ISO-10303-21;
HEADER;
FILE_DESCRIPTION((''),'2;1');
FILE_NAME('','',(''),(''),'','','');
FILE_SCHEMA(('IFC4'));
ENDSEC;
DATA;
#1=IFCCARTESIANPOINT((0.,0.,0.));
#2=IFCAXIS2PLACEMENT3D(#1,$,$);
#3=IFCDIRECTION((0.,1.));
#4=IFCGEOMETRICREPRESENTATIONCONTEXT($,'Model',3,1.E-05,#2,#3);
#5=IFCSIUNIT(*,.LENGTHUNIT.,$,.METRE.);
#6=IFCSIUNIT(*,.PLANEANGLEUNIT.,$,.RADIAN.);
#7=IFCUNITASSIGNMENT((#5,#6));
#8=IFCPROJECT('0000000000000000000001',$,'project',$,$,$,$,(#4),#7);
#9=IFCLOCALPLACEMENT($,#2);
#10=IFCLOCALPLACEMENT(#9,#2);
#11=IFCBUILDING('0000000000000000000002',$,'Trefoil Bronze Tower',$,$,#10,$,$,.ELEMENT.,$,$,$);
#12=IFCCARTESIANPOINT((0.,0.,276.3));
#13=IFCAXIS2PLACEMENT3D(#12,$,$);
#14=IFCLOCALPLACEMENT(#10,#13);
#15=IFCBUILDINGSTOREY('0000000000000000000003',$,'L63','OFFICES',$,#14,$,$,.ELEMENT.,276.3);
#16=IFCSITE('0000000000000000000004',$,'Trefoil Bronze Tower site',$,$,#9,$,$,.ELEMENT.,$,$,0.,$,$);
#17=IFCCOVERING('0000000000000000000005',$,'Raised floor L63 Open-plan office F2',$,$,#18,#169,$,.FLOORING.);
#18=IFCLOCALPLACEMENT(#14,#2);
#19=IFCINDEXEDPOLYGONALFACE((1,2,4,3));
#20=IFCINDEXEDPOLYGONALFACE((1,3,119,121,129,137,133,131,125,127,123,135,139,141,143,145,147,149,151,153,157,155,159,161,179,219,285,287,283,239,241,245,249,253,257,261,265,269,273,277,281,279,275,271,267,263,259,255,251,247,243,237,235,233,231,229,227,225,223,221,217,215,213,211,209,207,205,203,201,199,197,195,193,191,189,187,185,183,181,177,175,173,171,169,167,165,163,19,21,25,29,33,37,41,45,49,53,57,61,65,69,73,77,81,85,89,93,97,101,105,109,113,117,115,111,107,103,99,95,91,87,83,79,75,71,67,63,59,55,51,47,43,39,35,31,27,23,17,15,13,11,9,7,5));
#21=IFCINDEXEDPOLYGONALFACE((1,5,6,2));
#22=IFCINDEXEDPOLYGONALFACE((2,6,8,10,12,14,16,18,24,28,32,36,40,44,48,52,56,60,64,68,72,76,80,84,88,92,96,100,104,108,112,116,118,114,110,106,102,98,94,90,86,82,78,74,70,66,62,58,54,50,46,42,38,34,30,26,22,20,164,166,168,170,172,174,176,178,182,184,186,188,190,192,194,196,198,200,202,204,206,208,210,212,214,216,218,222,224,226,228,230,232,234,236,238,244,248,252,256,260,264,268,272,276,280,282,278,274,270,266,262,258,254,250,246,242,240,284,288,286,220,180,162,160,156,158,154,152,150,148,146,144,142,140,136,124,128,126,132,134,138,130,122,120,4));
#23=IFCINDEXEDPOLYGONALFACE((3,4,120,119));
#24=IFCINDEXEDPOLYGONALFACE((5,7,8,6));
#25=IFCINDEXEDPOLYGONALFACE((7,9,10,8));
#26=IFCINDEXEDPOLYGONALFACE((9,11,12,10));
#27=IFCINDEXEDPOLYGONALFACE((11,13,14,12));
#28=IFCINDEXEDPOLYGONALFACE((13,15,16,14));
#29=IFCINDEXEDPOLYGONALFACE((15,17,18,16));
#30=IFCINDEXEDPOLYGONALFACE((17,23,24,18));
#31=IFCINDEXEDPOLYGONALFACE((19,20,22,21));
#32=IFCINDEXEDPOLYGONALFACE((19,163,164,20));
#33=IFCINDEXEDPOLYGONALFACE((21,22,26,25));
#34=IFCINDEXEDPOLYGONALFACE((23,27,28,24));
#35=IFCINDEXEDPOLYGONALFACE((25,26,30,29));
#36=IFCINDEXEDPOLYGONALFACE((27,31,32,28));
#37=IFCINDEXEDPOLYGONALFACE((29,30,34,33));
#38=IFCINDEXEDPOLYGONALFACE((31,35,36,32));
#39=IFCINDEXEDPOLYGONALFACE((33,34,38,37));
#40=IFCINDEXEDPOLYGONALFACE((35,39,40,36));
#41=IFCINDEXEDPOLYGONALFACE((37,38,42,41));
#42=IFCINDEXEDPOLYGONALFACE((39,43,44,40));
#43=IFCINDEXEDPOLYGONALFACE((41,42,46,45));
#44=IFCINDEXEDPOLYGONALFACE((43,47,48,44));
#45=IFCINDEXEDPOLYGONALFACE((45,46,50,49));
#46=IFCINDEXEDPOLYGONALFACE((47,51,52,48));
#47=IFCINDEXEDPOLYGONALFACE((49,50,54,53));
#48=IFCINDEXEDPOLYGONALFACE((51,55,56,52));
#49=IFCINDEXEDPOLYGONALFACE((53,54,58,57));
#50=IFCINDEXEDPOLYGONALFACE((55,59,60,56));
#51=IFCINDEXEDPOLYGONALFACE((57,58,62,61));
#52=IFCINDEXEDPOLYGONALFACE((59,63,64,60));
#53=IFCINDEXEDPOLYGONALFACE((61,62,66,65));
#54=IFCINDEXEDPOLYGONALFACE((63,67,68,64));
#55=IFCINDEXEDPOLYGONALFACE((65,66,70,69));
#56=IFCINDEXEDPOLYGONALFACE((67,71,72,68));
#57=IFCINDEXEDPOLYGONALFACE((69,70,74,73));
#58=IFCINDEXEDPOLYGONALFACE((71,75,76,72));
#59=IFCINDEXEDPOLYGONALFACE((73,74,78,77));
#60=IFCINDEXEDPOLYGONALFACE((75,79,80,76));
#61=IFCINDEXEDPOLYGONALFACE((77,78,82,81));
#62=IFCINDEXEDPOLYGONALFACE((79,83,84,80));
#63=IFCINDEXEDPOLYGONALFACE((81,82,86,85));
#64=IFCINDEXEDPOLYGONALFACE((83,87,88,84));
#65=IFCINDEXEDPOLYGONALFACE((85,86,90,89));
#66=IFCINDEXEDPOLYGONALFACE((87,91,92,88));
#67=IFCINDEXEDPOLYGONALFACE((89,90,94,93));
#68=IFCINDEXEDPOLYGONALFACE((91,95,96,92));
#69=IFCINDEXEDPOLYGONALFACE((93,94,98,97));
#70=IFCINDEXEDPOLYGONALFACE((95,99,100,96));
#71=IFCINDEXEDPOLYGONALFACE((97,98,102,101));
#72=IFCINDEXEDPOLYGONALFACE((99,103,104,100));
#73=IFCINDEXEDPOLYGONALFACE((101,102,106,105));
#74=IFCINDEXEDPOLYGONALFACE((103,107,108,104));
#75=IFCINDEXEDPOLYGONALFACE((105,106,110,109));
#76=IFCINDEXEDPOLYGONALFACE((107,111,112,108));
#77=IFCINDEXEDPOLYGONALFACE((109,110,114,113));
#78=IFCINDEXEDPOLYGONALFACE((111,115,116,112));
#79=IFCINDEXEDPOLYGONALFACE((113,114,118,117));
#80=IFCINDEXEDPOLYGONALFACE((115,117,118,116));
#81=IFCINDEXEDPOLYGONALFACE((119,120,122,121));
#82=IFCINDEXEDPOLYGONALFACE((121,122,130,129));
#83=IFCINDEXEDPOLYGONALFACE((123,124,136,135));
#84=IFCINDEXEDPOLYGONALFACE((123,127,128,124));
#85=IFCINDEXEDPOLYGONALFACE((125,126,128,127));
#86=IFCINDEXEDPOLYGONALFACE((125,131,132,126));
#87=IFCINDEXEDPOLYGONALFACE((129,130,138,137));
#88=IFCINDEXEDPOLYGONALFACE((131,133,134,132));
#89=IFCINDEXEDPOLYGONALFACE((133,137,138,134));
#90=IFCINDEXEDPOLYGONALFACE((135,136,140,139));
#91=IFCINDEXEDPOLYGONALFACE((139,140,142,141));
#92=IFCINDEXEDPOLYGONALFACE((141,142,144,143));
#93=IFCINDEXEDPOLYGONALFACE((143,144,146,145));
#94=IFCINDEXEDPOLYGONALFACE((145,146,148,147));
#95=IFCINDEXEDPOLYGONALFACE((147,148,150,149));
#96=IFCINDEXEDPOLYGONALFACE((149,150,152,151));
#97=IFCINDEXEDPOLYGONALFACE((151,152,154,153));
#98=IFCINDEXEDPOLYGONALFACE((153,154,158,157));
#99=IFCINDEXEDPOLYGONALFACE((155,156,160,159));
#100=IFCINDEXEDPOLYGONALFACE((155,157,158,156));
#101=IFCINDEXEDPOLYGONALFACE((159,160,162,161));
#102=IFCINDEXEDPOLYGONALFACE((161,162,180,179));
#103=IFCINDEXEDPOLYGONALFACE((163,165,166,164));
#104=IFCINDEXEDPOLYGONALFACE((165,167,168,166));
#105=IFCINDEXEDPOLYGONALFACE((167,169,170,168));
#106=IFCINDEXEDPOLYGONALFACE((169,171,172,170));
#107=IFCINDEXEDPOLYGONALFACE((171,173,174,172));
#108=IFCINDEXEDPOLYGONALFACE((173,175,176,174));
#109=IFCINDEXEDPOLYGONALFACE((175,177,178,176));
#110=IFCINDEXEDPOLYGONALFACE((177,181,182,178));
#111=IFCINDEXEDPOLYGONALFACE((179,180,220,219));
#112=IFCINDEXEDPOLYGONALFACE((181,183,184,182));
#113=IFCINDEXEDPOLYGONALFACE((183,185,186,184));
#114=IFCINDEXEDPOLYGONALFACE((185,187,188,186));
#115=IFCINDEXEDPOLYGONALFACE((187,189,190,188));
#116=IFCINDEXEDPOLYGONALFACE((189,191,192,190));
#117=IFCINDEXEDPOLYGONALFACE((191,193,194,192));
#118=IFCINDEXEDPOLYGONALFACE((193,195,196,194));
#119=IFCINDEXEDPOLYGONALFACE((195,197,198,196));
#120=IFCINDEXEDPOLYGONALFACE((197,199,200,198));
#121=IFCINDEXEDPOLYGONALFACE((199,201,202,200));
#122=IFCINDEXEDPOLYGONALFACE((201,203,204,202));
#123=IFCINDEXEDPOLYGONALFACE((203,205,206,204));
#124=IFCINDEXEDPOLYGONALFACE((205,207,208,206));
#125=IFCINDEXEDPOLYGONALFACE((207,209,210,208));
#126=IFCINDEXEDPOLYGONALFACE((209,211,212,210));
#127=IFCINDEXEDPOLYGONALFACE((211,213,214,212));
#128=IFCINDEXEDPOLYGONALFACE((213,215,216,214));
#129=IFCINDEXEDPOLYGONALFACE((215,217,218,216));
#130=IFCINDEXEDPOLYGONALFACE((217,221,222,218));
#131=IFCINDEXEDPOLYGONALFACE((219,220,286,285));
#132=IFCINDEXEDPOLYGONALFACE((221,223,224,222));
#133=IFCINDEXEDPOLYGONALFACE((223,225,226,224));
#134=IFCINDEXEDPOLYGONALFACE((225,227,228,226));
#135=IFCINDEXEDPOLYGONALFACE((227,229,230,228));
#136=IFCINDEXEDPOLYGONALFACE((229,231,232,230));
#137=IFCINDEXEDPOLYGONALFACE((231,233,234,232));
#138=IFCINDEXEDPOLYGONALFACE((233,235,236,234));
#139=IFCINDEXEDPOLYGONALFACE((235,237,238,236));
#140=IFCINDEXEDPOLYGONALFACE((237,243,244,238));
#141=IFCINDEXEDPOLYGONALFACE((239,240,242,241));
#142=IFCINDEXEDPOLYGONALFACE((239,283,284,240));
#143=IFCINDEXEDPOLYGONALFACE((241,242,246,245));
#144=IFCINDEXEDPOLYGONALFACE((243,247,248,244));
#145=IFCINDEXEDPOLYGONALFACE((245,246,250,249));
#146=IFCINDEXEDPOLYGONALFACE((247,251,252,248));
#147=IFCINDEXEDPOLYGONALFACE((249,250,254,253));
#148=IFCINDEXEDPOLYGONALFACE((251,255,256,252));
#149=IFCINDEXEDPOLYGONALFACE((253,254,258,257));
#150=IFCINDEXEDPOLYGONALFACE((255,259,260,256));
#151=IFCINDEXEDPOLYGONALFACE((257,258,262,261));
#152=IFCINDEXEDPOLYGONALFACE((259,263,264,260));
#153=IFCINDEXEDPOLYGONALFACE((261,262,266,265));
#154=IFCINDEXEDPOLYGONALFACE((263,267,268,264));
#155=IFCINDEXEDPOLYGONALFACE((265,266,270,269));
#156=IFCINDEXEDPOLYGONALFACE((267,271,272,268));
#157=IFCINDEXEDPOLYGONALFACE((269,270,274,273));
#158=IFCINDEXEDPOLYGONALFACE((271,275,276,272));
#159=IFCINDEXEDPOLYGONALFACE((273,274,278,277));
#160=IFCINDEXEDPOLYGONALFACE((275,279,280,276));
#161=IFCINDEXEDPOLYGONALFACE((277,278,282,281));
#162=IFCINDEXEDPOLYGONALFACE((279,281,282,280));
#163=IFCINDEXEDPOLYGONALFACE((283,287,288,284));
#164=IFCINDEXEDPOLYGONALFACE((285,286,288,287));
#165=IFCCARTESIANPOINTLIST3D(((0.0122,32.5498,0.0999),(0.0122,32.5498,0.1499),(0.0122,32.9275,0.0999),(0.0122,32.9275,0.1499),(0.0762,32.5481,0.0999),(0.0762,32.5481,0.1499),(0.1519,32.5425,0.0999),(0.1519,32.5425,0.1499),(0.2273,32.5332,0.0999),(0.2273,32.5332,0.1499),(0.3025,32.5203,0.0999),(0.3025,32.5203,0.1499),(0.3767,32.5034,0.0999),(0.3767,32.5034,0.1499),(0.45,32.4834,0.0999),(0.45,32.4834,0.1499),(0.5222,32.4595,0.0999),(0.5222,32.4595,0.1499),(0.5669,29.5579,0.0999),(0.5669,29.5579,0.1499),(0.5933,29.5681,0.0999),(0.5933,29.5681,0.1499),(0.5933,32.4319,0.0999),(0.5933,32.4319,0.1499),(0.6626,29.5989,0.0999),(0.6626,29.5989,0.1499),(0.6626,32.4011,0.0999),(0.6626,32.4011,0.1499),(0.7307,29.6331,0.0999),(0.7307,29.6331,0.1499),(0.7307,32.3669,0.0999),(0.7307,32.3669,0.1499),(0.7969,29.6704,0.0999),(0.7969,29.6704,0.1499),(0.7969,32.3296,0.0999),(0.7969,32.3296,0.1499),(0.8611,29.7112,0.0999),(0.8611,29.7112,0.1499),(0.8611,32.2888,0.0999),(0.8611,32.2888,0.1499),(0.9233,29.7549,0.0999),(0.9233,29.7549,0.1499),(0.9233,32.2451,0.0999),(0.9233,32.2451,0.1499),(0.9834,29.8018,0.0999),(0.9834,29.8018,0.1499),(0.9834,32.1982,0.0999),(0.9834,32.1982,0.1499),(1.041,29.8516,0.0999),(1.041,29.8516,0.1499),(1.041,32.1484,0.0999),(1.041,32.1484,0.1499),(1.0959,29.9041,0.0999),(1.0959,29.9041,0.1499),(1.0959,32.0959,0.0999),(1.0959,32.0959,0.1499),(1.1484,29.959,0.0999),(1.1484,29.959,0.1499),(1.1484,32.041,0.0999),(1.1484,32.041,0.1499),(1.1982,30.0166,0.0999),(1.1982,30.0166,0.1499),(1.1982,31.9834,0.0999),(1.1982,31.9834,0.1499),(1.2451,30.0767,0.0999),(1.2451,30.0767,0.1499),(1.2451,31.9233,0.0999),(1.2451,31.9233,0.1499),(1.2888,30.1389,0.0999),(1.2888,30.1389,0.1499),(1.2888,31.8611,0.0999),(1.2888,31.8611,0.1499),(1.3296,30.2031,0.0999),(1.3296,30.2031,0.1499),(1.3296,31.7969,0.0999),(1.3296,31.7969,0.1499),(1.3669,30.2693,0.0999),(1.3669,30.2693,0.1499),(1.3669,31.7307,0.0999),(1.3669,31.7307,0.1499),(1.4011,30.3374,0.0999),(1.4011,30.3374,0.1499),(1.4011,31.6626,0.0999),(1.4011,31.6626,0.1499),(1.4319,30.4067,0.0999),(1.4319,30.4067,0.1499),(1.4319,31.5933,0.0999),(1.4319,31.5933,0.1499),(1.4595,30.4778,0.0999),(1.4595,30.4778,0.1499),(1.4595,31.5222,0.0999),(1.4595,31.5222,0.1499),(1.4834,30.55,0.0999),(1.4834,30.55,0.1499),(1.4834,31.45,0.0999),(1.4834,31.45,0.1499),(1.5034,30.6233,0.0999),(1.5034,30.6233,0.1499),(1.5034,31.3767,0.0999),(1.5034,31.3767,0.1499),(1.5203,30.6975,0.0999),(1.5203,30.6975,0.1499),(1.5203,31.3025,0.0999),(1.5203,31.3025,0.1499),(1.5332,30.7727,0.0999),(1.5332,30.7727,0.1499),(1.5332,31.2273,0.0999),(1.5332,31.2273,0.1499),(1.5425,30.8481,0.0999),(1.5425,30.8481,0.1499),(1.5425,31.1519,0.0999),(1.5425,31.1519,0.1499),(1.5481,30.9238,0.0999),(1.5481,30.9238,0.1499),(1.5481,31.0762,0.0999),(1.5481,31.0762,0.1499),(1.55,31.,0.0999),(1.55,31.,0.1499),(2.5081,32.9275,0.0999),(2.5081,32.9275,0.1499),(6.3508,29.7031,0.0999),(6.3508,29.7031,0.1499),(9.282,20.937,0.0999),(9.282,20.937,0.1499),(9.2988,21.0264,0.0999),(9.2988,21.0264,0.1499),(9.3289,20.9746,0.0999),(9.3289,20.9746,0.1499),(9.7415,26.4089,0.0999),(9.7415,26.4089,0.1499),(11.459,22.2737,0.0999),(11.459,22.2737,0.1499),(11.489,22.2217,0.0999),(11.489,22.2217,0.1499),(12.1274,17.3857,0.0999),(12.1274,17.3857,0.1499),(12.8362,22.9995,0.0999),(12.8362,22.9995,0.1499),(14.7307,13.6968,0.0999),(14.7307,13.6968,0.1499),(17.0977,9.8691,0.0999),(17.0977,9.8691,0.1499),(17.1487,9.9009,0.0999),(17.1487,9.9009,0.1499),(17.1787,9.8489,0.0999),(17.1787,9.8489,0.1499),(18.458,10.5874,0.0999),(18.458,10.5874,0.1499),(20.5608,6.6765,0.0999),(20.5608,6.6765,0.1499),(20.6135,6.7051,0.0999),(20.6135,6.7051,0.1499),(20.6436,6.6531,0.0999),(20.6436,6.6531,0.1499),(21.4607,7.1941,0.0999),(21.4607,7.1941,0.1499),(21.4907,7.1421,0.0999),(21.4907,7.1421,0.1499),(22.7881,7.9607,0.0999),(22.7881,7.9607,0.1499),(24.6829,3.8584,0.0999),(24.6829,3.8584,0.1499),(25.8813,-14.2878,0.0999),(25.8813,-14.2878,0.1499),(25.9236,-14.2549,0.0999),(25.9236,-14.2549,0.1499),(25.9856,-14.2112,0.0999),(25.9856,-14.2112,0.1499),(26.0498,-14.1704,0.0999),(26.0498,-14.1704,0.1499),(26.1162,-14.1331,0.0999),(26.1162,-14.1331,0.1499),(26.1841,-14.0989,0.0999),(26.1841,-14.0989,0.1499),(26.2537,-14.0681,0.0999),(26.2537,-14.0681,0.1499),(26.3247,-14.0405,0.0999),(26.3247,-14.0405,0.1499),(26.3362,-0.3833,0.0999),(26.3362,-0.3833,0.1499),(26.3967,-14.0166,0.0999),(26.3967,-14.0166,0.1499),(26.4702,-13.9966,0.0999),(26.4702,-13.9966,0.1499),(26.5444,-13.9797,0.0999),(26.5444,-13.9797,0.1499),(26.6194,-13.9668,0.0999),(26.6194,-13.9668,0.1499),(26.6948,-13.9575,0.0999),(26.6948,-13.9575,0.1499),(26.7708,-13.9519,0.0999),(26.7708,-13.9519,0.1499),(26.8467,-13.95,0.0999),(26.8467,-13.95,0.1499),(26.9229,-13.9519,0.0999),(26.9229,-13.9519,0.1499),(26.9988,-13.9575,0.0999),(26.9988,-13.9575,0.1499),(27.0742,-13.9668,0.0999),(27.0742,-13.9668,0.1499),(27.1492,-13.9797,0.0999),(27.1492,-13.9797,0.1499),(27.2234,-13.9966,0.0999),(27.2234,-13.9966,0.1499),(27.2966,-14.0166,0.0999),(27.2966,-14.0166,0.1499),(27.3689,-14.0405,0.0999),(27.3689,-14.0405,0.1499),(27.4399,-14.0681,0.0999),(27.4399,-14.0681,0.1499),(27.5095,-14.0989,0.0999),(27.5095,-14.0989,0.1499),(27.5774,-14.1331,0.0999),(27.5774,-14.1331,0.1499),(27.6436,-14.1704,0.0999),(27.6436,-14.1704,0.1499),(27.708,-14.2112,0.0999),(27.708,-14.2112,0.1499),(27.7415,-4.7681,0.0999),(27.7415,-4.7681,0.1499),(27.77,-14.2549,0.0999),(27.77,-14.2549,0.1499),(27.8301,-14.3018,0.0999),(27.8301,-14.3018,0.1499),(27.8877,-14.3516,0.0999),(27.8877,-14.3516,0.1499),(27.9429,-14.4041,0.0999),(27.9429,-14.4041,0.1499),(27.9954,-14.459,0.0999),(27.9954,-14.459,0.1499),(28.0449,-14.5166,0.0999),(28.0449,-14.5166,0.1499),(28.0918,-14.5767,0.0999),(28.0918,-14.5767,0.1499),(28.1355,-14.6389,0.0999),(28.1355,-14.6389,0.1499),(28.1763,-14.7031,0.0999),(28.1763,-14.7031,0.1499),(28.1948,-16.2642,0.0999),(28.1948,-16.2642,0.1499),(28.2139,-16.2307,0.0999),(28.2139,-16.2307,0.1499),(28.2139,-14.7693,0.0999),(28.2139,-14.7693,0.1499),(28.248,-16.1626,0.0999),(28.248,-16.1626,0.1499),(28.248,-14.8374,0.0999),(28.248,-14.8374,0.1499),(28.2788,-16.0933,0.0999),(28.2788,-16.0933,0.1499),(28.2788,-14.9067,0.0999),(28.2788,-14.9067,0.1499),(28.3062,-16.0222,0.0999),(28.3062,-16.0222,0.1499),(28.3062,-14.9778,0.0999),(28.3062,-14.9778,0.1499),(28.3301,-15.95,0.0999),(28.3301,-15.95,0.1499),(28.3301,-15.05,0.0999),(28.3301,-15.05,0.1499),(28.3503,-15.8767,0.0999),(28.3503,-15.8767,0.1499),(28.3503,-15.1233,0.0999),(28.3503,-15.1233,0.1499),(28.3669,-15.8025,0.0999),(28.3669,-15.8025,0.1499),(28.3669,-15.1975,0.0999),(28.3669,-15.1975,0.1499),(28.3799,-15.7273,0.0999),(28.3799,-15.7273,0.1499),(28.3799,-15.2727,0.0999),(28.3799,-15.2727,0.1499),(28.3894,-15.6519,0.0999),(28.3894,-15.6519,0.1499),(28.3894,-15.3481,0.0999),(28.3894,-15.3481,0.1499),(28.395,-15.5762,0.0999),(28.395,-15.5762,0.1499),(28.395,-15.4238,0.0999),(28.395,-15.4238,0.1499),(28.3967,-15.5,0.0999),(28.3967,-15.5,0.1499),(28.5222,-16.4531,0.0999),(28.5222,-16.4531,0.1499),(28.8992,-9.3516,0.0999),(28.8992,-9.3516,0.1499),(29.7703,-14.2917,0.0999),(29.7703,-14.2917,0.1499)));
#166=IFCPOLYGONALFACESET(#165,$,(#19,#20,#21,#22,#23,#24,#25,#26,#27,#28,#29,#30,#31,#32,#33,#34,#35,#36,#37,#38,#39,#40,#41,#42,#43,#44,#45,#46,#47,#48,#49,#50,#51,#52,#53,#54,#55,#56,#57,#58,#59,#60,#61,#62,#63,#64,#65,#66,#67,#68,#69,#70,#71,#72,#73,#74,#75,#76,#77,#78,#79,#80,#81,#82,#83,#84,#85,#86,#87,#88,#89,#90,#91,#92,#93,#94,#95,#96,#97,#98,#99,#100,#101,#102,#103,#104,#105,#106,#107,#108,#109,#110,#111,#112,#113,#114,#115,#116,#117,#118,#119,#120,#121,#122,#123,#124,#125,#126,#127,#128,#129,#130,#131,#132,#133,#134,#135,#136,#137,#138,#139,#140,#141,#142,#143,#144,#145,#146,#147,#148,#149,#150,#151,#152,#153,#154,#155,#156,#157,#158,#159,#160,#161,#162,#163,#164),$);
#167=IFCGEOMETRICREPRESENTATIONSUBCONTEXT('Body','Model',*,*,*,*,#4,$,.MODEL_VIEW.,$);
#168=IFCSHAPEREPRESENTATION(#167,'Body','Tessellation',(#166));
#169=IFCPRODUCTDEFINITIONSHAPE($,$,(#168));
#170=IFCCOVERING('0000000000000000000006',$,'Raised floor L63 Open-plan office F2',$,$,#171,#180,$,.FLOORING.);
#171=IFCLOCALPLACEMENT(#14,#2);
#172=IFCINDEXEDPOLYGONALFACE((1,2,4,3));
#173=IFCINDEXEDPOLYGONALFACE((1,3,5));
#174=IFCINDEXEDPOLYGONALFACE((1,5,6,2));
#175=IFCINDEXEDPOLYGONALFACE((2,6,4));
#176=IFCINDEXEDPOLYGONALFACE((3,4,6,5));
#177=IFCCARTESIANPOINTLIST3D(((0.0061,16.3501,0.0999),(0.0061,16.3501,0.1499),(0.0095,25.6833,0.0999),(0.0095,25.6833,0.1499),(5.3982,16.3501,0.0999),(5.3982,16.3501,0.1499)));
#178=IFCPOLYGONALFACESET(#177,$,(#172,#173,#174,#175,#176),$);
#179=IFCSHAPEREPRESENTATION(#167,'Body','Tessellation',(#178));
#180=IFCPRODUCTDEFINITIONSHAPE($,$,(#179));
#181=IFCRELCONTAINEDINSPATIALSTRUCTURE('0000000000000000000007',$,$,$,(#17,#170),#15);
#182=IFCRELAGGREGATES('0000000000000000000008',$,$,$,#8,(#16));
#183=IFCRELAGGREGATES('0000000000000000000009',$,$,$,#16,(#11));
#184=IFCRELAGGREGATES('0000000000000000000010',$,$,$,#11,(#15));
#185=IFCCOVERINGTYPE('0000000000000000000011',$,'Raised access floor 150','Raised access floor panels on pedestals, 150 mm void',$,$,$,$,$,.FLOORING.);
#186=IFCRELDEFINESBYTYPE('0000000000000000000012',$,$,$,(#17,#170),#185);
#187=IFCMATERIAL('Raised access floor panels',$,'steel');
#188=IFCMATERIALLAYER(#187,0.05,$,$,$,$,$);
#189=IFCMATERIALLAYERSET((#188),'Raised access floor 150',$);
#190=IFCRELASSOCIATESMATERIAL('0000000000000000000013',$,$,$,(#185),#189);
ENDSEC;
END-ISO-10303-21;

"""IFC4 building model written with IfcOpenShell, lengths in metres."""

from ifc_helpers import new_model, si_unit, direction, frame, origin, place, context, subcontext, project, spatial, polyline, outline, extrude, material, layer, layer_set, type_object, element, save


model = new_model("IFC4")

# Units and contexts
model_context = context("Model", 3, precision=1e-05, world=origin(), true_north=direction((0.0, 1.0)))
body_context = subcontext(model_context, "Body", "Model", "MODEL_VIEW")
ifc_project = project(units=[si_unit("LENGTHUNIT", "METRE"), si_unit("PLANEANGLEUNIT", "RADIAN")], contexts=[model_context])

# Site, building, storey
site_placement = place(None, origin())
site = spatial("IfcSite", under=ifc_project, at=site_placement, Name="Trefoil Bronze Tower site", CompositionType="ELEMENT", RefElevation=0.0)
building_placement = place(site_placement, origin())
building = spatial("IfcBuilding", under=site, at=building_placement, Name="Trefoil Bronze Tower", CompositionType="ELEMENT")
storey_placement = place(building_placement, frame((0.0, 0.0, 276.3)))
storey = spatial("IfcBuildingStorey", under=building, at=storey_placement, Name="L63", Description="OFFICES", CompositionType="ELEMENT", Elevation=276.3)

# Coverings
ifc_material_1 = material(Name="Raised access floor panels", Category="steel")
ifc_layer_1 = layer(ifc_material_1, 0.05)
ifc_layer_set_1 = layer_set([ifc_layer_1], Name="Raised access floor 150")
covering_type_1 = type_object("IfcCoveringType", Name="Raised access floor 150", Description="Raised access floor panels on pedestals, 150 mm void", PredefinedType="FLOORING", material=ifc_layer_set_1)
covering_1_placement = place(storey_placement, frame((0.0, 0.0, 0.0999)))
element("IfcCovering", 1, at=covering_1_placement, inside=storey, type_object=covering_type_1, Name="Raised floor L63 Open-plan office F2", PredefinedType="FLOORING", context=body_context, shape_type="SweptSolid", body=[
    extrude(outline(polyline([(9.7415, 26.4089), (12.8362, 22.9995), (11.489, 22.2217), (11.459, 22.2737), (9.2988, 21.0264), (9.3289, 20.9746), (9.282, 20.937), (12.1274, 17.3857), (14.7307, 13.6968), (17.0977, 9.8691), (17.1487, 9.9009), (17.1787, 9.8489), (18.458, 10.5874), (20.5608, 6.6765), (20.6135, 6.7051), (20.6436, 6.6531), (21.4907, 7.1421), (21.4607, 7.1941), (22.7881, 7.9607), (24.6829, 3.8584), (26.3362, -0.3833), (27.7415, -4.7681), (28.8992, -9.3516), (29.7703, -14.2917), (28.5222, -16.4531), (28.1948, -16.2642), (28.2139, -16.2307), (28.248, -16.1626), (28.2788, -16.0933), (28.3062, -16.0222), (28.3301, -15.95), (28.3503, -15.8767), (28.3669, -15.8025), (28.3799, -15.7273), (28.3894, -15.6519), (28.395, -15.5762), (28.3967, -15.5), (28.395, -15.4238), (28.3894, -15.3481), (28.3799, -15.2727), (28.3669, -15.1975), (28.3503, -15.1233), (28.3301, -15.05), (28.3062, -14.9778), (28.2788, -14.9067), (28.248, -14.8374), (28.2139, -14.7693), (28.1763, -14.7031), (28.1355, -14.6389), (28.0918, -14.5767), (28.0449, -14.5166), (27.9954, -14.459), (27.9429, -14.4041), (27.8877, -14.3516), (27.8301, -14.3018), (27.77, -14.2549), (27.708, -14.2112), (27.6436, -14.1704), (27.5774, -14.1331), (27.5095, -14.0989), (27.4399, -14.0681), (27.3689, -14.0405), (27.2966, -14.0166), (27.2234, -13.9966), (27.1492, -13.9797), (27.0742, -13.9668), (26.9988, -13.9575), (26.9229, -13.9519), (26.8467, -13.95), (26.7708, -13.9519), (26.6948, -13.9575), (26.6194, -13.9668), (26.5444, -13.9797), (26.4702, -13.9966), (26.3967, -14.0166), (26.3247, -14.0405), (26.2537, -14.0681), (26.1841, -14.0989), (26.1162, -14.1331), (26.0498, -14.1704), (25.9856, -14.2112), (25.9236, -14.2549), (25.8813, -14.2878), (0.5669, 29.5579), (0.5933, 29.5681), (0.6626, 29.5989), (0.7307, 29.6331), (0.7969, 29.6704), (0.8611, 29.7112), (0.9233, 29.7549), (0.9834, 29.8018), (1.041, 29.8516), (1.0959, 29.9041), (1.1484, 29.959), (1.1982, 30.0166), (1.2451, 30.0767), (1.2888, 30.1389), (1.3296, 30.2031), (1.3669, 30.2693), (1.4011, 30.3374), (1.4319, 30.4067), (1.4595, 30.4778), (1.4834, 30.55), (1.5034, 30.6233), (1.5203, 30.6975), (1.5332, 30.7727), (1.5425, 30.8481), (1.5481, 30.9238), (1.55, 31.0), (1.5481, 31.0762), (1.5425, 31.1519), (1.5332, 31.2273), (1.5203, 31.3025), (1.5034, 31.3767), (1.4834, 31.45), (1.4595, 31.5222), (1.4319, 31.5933), (1.4011, 31.6626), (1.3669, 31.7307), (1.3296, 31.7969), (1.2888, 31.8611), (1.2451, 31.9233), (1.1982, 31.9834), (1.1484, 32.041), (1.0959, 32.0959), (1.041, 32.1484), (0.9834, 32.1982), (0.9233, 32.2451), (0.8611, 32.2888), (0.7969, 32.3296), (0.7307, 32.3669), (0.6626, 32.4011), (0.5933, 32.4319), (0.5222, 32.4595), (0.45, 32.4834), (0.3767, 32.5034), (0.3025, 32.5203), (0.2273, 32.5332), (0.1519, 32.5425), (0.0762, 32.5481), (0.0122, 32.5498), (0.0122, 32.9275), (2.5081, 32.9275), (6.3508, 29.7031), (9.7415, 26.4089)])), origin(), (0.0, 0.0, 1.0), 0.05),
])
covering_2_placement = place(storey_placement, frame((0.0, 0.0, 0.0999)))
element("IfcCovering", 2, at=covering_2_placement, inside=storey, type_object=covering_type_1, Name="Raised floor L63 Open-plan office F2", PredefinedType="FLOORING", context=body_context, shape_type="SweptSolid", body=[
    extrude(outline(polyline([(5.3982, 16.3501), (0.0061, 16.3501), (0.0095, 25.6833), (5.3982, 16.3501)])), origin(), (0.0, 0.0, 1.0), 0.05),
])

save(model, "model.ifc")
